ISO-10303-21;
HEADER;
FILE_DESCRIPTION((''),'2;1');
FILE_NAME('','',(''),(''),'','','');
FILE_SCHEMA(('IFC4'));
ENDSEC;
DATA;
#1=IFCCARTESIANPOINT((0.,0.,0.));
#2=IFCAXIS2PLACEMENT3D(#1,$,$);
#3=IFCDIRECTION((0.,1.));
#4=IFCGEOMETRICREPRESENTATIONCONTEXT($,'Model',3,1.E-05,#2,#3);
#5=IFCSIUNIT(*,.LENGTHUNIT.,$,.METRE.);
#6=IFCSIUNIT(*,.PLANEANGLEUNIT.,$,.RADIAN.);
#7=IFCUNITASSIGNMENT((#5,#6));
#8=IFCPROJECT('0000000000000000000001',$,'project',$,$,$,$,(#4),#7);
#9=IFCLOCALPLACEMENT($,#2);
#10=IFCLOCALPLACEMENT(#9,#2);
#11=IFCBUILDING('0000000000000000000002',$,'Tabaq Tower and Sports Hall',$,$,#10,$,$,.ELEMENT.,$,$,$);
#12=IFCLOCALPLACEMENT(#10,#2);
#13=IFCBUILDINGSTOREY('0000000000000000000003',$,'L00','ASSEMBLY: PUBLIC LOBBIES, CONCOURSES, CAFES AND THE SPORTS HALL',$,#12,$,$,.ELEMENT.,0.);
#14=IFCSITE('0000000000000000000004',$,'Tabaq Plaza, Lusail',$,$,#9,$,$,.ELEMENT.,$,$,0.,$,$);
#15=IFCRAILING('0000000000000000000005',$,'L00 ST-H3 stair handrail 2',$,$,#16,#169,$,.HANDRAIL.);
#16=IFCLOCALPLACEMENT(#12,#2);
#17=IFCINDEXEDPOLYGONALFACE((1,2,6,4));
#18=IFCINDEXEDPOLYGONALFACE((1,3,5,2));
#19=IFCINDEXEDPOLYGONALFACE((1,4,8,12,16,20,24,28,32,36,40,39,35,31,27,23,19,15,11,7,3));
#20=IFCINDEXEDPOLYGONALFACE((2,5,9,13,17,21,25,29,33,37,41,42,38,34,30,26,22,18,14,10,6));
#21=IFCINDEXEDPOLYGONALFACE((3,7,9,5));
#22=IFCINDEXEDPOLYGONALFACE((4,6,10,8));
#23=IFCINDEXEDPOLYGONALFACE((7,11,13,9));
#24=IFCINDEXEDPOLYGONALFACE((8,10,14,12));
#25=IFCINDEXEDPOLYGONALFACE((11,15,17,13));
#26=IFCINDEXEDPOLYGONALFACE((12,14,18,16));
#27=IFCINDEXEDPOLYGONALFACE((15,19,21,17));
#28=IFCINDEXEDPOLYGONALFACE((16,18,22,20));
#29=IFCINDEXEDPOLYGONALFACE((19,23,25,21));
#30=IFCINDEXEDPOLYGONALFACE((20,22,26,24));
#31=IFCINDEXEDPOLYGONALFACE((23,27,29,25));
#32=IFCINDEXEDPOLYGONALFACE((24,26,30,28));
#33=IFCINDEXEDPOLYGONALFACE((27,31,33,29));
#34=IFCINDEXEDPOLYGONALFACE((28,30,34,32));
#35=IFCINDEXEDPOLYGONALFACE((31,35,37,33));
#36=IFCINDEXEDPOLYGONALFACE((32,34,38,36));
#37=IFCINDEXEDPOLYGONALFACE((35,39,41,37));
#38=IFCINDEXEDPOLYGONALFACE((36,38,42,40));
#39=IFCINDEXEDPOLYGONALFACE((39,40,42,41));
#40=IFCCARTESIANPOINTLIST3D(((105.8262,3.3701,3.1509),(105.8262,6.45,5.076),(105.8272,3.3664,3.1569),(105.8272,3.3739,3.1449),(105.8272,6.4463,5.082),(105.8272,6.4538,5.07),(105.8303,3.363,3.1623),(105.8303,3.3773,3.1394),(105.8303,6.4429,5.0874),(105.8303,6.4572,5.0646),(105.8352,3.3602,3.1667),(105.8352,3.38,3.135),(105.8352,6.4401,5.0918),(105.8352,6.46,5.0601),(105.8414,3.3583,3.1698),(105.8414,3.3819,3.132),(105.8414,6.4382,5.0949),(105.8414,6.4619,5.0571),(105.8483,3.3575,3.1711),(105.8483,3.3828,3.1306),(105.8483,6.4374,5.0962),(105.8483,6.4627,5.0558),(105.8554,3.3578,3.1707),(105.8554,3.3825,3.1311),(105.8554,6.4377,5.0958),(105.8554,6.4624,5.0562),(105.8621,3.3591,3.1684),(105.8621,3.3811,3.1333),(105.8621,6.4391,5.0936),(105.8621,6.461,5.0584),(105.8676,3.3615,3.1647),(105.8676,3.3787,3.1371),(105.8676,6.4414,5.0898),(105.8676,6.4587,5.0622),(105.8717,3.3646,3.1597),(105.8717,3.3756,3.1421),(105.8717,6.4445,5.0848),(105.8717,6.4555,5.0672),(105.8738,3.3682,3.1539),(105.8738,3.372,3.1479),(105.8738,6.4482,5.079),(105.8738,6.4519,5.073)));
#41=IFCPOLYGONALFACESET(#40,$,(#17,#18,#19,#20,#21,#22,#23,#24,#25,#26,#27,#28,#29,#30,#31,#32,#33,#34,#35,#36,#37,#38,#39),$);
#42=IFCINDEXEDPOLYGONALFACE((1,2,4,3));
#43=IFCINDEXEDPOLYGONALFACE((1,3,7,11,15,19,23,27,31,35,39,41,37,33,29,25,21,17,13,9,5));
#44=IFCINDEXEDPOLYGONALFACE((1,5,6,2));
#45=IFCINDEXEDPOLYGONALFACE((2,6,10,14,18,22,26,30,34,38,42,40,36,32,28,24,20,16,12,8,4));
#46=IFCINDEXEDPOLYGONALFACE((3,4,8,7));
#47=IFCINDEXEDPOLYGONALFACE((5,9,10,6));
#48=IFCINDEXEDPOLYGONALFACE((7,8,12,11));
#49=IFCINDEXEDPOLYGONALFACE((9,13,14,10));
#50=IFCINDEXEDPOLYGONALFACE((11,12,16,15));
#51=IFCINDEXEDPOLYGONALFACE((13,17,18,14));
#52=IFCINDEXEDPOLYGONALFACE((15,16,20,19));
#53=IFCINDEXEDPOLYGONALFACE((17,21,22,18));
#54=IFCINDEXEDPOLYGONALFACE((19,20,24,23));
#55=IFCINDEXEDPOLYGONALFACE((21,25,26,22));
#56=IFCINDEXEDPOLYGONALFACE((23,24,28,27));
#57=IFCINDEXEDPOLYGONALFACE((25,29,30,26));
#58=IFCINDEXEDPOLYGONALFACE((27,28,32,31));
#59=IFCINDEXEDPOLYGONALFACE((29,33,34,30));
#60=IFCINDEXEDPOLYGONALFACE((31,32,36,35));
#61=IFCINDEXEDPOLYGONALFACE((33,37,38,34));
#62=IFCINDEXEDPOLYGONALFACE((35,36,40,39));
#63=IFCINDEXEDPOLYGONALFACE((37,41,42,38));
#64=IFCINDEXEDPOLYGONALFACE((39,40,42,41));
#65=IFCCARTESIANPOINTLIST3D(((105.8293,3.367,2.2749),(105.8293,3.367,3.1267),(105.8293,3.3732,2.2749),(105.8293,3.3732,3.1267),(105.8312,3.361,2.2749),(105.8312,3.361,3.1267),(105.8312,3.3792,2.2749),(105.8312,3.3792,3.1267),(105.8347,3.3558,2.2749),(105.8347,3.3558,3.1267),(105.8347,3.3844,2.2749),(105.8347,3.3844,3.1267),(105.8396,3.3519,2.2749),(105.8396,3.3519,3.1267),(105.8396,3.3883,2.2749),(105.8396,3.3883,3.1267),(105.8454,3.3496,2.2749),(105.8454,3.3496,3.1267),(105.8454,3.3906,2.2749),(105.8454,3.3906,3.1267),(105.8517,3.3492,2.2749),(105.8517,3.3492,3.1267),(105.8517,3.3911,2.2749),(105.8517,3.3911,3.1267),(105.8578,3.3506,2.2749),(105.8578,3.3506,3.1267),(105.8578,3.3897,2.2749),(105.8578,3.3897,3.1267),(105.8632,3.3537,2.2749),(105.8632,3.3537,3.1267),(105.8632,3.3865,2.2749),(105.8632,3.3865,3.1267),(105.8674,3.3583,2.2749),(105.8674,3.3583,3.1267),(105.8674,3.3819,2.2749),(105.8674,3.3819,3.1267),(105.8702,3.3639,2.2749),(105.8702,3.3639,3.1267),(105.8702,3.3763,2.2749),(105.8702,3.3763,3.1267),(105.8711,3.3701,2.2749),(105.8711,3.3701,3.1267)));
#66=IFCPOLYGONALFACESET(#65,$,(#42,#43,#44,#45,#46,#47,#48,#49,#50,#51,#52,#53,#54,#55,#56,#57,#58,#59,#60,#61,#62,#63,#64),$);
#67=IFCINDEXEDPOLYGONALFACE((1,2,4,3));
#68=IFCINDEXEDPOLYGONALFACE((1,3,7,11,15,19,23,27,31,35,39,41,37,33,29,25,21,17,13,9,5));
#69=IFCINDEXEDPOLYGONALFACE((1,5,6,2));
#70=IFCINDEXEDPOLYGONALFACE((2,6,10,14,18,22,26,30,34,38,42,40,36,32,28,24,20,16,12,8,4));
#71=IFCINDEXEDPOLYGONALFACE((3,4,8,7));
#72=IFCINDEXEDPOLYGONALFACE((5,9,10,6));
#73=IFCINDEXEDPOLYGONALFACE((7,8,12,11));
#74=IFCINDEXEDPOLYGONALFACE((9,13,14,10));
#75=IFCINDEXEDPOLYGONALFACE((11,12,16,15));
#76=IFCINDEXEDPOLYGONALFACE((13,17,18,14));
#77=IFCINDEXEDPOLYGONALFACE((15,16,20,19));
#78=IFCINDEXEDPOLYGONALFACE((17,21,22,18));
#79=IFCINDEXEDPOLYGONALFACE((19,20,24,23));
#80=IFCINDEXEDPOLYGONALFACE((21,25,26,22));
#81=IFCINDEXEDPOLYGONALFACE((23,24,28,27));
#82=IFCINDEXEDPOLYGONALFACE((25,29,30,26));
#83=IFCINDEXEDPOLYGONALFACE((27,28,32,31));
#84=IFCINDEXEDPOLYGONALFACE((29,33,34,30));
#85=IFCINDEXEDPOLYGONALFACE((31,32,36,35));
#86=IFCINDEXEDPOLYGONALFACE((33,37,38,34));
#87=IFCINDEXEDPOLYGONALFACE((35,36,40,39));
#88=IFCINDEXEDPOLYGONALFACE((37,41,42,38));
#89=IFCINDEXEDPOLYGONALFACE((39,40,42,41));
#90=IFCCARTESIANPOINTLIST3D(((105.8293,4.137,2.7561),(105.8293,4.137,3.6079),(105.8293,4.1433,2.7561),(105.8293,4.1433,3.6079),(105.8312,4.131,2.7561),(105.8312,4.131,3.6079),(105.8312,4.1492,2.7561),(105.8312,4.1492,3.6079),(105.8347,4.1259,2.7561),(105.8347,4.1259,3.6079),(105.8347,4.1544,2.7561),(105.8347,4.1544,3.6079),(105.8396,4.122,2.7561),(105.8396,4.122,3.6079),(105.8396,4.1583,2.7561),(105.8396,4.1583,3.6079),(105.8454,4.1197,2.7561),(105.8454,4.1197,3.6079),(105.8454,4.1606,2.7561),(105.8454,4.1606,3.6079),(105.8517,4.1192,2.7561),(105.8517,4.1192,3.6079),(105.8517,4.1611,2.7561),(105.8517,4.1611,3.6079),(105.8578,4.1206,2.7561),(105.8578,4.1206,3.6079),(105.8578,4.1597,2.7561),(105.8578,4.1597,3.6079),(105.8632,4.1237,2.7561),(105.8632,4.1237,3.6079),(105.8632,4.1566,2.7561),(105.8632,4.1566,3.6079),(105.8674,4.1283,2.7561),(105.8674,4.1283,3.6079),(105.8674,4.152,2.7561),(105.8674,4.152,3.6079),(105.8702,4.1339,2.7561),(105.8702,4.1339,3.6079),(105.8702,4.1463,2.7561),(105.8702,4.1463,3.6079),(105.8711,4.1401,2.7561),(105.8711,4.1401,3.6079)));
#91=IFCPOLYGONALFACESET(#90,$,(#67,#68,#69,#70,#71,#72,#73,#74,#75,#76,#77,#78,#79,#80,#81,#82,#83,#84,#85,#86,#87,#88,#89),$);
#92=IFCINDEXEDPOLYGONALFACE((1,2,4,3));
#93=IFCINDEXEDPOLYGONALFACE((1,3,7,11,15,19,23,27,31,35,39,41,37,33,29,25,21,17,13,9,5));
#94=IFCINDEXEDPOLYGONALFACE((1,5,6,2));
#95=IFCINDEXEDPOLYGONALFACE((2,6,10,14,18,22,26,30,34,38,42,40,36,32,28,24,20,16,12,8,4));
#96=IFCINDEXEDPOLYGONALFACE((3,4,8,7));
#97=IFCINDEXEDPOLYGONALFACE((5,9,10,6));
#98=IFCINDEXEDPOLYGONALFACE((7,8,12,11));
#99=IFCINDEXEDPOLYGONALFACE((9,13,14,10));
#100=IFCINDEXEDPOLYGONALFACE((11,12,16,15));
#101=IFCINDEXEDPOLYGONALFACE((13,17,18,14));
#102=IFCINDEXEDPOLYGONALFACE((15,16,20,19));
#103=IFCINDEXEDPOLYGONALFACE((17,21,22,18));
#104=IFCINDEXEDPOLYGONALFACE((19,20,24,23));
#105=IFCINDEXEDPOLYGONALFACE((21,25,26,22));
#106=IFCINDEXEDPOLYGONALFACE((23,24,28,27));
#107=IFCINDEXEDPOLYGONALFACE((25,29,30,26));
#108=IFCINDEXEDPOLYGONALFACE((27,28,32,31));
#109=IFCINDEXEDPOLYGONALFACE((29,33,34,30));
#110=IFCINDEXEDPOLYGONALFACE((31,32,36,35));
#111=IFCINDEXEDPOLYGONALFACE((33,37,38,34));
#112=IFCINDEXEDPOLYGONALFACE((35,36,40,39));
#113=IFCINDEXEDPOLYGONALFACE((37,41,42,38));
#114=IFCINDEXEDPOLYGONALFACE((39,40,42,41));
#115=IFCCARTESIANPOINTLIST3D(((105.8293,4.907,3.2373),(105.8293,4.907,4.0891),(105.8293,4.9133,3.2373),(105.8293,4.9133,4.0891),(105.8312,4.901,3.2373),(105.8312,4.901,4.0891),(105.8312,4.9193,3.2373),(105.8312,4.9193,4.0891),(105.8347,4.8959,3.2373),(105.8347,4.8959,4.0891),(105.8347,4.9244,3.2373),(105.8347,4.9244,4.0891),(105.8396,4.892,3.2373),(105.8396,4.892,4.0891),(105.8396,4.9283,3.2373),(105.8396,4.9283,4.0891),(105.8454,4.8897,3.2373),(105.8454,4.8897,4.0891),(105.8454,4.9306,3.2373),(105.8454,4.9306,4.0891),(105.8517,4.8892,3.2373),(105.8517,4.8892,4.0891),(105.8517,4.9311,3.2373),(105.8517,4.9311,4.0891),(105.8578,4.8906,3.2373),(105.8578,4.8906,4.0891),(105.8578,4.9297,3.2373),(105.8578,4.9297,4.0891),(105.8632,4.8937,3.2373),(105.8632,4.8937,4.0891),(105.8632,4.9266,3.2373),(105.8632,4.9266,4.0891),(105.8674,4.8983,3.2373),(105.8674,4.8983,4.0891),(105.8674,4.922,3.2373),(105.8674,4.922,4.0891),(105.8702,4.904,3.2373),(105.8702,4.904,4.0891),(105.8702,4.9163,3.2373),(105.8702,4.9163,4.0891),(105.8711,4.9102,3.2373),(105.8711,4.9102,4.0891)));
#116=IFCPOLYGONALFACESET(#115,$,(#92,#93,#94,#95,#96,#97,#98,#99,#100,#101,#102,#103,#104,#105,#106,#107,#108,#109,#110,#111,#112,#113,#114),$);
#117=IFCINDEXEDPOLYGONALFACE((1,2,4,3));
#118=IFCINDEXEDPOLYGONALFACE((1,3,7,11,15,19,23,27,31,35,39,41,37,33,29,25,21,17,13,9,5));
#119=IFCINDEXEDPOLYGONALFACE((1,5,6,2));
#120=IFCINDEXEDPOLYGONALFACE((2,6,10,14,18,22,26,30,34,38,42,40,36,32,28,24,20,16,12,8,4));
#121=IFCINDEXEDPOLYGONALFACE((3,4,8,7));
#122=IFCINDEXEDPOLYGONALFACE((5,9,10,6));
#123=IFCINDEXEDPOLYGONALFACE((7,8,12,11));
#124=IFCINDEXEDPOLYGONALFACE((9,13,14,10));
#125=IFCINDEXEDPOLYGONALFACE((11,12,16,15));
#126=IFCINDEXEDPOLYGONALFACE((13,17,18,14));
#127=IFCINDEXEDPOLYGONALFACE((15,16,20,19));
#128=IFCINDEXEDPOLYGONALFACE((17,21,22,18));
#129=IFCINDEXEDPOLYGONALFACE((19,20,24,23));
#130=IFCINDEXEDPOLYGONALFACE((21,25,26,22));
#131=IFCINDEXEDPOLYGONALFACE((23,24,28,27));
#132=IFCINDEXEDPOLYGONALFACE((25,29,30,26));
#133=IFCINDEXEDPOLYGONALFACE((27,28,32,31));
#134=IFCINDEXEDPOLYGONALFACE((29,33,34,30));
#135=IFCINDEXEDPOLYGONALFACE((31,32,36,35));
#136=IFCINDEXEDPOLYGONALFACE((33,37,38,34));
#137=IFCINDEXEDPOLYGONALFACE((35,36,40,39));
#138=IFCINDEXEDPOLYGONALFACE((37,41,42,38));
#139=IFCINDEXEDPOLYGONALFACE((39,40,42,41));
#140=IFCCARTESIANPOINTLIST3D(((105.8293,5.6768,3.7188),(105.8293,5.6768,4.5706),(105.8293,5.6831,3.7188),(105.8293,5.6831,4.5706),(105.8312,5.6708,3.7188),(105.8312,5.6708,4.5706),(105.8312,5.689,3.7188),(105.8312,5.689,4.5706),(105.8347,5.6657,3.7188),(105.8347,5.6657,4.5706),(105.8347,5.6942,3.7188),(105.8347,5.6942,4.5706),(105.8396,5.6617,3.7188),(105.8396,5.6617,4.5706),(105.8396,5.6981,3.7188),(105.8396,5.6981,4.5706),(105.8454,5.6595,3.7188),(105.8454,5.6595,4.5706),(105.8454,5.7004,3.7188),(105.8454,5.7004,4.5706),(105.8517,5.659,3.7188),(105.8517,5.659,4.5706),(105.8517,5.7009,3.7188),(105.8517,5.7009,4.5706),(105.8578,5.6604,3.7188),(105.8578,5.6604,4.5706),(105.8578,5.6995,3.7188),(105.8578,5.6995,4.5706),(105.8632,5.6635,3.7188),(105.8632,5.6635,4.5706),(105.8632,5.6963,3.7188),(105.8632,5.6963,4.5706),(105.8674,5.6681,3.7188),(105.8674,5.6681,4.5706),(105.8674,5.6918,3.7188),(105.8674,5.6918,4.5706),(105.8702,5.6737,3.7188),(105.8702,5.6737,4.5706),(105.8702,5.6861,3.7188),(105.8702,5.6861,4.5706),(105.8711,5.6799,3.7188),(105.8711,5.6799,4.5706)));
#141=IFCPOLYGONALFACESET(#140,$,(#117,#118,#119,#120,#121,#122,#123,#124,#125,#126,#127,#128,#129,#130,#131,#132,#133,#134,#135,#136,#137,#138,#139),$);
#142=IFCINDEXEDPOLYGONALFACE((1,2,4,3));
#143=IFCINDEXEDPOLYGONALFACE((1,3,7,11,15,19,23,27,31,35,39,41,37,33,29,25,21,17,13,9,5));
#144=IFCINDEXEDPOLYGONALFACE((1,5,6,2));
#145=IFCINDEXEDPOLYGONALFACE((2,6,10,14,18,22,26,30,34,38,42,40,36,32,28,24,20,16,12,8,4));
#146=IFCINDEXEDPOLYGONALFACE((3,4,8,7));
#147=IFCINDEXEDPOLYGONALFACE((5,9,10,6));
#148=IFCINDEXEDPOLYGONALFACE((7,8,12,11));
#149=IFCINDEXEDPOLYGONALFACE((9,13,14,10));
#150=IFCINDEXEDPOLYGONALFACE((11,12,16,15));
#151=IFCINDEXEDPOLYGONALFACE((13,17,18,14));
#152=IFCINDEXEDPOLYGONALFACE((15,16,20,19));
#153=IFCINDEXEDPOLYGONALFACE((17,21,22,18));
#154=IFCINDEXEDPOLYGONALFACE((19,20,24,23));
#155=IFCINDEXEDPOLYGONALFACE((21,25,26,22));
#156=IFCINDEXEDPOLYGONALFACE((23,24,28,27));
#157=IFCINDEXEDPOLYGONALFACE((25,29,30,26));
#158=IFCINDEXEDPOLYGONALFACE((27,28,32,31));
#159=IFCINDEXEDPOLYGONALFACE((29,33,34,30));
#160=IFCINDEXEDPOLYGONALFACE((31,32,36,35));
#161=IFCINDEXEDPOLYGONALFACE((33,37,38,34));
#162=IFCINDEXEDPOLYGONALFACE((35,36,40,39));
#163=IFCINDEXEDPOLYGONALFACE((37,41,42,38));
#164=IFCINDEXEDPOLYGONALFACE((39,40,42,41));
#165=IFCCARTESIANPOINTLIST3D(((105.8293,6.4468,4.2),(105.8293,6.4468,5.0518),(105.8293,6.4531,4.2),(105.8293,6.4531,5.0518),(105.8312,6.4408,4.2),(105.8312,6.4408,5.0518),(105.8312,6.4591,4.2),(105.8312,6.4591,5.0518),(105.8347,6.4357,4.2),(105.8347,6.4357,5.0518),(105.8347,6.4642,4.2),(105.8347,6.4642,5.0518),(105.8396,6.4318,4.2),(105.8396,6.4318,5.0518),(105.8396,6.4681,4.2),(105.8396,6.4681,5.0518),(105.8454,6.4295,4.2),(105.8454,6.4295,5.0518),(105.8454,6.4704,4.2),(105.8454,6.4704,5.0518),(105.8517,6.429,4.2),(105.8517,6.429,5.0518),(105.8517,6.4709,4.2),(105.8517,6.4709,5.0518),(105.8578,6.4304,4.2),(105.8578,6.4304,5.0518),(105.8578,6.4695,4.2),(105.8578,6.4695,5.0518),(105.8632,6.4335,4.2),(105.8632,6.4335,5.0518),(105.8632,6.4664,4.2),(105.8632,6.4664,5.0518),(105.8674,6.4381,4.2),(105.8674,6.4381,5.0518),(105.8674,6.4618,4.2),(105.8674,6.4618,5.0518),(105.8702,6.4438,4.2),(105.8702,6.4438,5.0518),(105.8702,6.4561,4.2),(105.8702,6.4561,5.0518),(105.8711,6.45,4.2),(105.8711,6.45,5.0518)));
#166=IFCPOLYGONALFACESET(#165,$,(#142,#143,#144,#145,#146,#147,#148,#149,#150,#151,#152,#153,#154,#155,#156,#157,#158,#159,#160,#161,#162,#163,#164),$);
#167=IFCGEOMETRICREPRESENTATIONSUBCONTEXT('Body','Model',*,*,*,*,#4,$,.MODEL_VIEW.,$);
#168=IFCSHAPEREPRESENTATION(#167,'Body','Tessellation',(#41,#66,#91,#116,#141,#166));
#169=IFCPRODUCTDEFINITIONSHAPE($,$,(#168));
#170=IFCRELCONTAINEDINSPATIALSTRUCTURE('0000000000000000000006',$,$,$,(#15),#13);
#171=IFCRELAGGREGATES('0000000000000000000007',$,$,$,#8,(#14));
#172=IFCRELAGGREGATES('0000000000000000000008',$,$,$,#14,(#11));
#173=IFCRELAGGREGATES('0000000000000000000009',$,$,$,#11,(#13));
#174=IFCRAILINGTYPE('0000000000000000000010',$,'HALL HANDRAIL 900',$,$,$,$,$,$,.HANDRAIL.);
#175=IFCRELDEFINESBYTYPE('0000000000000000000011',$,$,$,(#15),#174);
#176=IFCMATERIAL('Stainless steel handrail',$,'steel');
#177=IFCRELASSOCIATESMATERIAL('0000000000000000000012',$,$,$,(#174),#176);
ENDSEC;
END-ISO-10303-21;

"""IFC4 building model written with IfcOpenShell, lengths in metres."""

from ifc_helpers import new_model, si_unit, direction, frame, origin, origin_2d, place, context, subcontext, project, spatial, circle, extrude, material, type_object, element, save


model = new_model("IFC4")

# Units and contexts
model_context = context("Model", 3, precision=1e-05, world=origin(), true_north=direction((0.0, 1.0)))
body_context = subcontext(model_context, "Body", "Model", "MODEL_VIEW")
ifc_project = project(units=[si_unit("LENGTHUNIT", "METRE"), si_unit("PLANEANGLEUNIT", "RADIAN")], contexts=[model_context])

# Site, building, storey
site_placement = place(None, origin())
site = spatial("IfcSite", under=ifc_project, at=site_placement, Name="Tabaq Plaza, Lusail", CompositionType="ELEMENT", RefElevation=0.0)
building_placement = place(site_placement, origin())
building = spatial("IfcBuilding", under=site, at=building_placement, Name="Tabaq Tower and Sports Hall", CompositionType="ELEMENT")
storey_placement = place(building_placement, origin())
storey = spatial("IfcBuildingStorey", under=building, at=storey_placement, Name="L00", Description="ASSEMBLY: PUBLIC LOBBIES, CONCOURSES, CAFES AND THE SPORTS HALL", CompositionType="ELEMENT", Elevation=0.0)

# Railing
ifc_material_1 = material(Name="Stainless steel handrail", Category="steel")
railing_type_1 = type_object("IfcRailingType", Name="HALL HANDRAIL 900", PredefinedType="HANDRAIL", material=ifc_material_1)
railing_1_placement = place(storey_placement, frame((105.8501, 3.3701, 2.2749)))
element("IfcRailing", 1, at=railing_1_placement, inside=storey, type_object=railing_type_1, Name="L00 ST-H3 stair handrail 2", PredefinedType="HANDRAIL", context=body_context, shape_type="SweptSolid", body=[
    extrude(circle(Radius=0.0239, at=origin_2d()), frame((0.0, 0.0, 0.876), z_axis=(0.0, 0.847979, 0.530029), x_axis=(-1.0, 0.0, 0.0)), (0.0, 0.0, 1.0), 3.6321),
    extrude(circle(Radius=0.021, at=origin_2d()), origin(), (0.0, 0.0, 1.0), 0.8518),
    extrude(circle(Radius=0.021, at=origin_2d()), frame((0.0, 0.77, 0.4812)), (0.0, 0.0, 1.0), 0.8518),
    extrude(circle(Radius=0.021, at=origin_2d()), frame((0.0, 1.54, 0.9624)), (0.0, 0.0, 1.0), 0.8518),
    extrude(circle(Radius=0.021, at=origin_2d()), frame((0.0, 2.3098, 1.4438)), (0.0, 0.0, 1.0), 0.8518),
    extrude(circle(Radius=0.021, at=origin_2d()), frame((0.0, 3.0798, 1.925)), (0.0, 0.0, 1.0), 0.8518),
])

save(model, "model.ifc")
